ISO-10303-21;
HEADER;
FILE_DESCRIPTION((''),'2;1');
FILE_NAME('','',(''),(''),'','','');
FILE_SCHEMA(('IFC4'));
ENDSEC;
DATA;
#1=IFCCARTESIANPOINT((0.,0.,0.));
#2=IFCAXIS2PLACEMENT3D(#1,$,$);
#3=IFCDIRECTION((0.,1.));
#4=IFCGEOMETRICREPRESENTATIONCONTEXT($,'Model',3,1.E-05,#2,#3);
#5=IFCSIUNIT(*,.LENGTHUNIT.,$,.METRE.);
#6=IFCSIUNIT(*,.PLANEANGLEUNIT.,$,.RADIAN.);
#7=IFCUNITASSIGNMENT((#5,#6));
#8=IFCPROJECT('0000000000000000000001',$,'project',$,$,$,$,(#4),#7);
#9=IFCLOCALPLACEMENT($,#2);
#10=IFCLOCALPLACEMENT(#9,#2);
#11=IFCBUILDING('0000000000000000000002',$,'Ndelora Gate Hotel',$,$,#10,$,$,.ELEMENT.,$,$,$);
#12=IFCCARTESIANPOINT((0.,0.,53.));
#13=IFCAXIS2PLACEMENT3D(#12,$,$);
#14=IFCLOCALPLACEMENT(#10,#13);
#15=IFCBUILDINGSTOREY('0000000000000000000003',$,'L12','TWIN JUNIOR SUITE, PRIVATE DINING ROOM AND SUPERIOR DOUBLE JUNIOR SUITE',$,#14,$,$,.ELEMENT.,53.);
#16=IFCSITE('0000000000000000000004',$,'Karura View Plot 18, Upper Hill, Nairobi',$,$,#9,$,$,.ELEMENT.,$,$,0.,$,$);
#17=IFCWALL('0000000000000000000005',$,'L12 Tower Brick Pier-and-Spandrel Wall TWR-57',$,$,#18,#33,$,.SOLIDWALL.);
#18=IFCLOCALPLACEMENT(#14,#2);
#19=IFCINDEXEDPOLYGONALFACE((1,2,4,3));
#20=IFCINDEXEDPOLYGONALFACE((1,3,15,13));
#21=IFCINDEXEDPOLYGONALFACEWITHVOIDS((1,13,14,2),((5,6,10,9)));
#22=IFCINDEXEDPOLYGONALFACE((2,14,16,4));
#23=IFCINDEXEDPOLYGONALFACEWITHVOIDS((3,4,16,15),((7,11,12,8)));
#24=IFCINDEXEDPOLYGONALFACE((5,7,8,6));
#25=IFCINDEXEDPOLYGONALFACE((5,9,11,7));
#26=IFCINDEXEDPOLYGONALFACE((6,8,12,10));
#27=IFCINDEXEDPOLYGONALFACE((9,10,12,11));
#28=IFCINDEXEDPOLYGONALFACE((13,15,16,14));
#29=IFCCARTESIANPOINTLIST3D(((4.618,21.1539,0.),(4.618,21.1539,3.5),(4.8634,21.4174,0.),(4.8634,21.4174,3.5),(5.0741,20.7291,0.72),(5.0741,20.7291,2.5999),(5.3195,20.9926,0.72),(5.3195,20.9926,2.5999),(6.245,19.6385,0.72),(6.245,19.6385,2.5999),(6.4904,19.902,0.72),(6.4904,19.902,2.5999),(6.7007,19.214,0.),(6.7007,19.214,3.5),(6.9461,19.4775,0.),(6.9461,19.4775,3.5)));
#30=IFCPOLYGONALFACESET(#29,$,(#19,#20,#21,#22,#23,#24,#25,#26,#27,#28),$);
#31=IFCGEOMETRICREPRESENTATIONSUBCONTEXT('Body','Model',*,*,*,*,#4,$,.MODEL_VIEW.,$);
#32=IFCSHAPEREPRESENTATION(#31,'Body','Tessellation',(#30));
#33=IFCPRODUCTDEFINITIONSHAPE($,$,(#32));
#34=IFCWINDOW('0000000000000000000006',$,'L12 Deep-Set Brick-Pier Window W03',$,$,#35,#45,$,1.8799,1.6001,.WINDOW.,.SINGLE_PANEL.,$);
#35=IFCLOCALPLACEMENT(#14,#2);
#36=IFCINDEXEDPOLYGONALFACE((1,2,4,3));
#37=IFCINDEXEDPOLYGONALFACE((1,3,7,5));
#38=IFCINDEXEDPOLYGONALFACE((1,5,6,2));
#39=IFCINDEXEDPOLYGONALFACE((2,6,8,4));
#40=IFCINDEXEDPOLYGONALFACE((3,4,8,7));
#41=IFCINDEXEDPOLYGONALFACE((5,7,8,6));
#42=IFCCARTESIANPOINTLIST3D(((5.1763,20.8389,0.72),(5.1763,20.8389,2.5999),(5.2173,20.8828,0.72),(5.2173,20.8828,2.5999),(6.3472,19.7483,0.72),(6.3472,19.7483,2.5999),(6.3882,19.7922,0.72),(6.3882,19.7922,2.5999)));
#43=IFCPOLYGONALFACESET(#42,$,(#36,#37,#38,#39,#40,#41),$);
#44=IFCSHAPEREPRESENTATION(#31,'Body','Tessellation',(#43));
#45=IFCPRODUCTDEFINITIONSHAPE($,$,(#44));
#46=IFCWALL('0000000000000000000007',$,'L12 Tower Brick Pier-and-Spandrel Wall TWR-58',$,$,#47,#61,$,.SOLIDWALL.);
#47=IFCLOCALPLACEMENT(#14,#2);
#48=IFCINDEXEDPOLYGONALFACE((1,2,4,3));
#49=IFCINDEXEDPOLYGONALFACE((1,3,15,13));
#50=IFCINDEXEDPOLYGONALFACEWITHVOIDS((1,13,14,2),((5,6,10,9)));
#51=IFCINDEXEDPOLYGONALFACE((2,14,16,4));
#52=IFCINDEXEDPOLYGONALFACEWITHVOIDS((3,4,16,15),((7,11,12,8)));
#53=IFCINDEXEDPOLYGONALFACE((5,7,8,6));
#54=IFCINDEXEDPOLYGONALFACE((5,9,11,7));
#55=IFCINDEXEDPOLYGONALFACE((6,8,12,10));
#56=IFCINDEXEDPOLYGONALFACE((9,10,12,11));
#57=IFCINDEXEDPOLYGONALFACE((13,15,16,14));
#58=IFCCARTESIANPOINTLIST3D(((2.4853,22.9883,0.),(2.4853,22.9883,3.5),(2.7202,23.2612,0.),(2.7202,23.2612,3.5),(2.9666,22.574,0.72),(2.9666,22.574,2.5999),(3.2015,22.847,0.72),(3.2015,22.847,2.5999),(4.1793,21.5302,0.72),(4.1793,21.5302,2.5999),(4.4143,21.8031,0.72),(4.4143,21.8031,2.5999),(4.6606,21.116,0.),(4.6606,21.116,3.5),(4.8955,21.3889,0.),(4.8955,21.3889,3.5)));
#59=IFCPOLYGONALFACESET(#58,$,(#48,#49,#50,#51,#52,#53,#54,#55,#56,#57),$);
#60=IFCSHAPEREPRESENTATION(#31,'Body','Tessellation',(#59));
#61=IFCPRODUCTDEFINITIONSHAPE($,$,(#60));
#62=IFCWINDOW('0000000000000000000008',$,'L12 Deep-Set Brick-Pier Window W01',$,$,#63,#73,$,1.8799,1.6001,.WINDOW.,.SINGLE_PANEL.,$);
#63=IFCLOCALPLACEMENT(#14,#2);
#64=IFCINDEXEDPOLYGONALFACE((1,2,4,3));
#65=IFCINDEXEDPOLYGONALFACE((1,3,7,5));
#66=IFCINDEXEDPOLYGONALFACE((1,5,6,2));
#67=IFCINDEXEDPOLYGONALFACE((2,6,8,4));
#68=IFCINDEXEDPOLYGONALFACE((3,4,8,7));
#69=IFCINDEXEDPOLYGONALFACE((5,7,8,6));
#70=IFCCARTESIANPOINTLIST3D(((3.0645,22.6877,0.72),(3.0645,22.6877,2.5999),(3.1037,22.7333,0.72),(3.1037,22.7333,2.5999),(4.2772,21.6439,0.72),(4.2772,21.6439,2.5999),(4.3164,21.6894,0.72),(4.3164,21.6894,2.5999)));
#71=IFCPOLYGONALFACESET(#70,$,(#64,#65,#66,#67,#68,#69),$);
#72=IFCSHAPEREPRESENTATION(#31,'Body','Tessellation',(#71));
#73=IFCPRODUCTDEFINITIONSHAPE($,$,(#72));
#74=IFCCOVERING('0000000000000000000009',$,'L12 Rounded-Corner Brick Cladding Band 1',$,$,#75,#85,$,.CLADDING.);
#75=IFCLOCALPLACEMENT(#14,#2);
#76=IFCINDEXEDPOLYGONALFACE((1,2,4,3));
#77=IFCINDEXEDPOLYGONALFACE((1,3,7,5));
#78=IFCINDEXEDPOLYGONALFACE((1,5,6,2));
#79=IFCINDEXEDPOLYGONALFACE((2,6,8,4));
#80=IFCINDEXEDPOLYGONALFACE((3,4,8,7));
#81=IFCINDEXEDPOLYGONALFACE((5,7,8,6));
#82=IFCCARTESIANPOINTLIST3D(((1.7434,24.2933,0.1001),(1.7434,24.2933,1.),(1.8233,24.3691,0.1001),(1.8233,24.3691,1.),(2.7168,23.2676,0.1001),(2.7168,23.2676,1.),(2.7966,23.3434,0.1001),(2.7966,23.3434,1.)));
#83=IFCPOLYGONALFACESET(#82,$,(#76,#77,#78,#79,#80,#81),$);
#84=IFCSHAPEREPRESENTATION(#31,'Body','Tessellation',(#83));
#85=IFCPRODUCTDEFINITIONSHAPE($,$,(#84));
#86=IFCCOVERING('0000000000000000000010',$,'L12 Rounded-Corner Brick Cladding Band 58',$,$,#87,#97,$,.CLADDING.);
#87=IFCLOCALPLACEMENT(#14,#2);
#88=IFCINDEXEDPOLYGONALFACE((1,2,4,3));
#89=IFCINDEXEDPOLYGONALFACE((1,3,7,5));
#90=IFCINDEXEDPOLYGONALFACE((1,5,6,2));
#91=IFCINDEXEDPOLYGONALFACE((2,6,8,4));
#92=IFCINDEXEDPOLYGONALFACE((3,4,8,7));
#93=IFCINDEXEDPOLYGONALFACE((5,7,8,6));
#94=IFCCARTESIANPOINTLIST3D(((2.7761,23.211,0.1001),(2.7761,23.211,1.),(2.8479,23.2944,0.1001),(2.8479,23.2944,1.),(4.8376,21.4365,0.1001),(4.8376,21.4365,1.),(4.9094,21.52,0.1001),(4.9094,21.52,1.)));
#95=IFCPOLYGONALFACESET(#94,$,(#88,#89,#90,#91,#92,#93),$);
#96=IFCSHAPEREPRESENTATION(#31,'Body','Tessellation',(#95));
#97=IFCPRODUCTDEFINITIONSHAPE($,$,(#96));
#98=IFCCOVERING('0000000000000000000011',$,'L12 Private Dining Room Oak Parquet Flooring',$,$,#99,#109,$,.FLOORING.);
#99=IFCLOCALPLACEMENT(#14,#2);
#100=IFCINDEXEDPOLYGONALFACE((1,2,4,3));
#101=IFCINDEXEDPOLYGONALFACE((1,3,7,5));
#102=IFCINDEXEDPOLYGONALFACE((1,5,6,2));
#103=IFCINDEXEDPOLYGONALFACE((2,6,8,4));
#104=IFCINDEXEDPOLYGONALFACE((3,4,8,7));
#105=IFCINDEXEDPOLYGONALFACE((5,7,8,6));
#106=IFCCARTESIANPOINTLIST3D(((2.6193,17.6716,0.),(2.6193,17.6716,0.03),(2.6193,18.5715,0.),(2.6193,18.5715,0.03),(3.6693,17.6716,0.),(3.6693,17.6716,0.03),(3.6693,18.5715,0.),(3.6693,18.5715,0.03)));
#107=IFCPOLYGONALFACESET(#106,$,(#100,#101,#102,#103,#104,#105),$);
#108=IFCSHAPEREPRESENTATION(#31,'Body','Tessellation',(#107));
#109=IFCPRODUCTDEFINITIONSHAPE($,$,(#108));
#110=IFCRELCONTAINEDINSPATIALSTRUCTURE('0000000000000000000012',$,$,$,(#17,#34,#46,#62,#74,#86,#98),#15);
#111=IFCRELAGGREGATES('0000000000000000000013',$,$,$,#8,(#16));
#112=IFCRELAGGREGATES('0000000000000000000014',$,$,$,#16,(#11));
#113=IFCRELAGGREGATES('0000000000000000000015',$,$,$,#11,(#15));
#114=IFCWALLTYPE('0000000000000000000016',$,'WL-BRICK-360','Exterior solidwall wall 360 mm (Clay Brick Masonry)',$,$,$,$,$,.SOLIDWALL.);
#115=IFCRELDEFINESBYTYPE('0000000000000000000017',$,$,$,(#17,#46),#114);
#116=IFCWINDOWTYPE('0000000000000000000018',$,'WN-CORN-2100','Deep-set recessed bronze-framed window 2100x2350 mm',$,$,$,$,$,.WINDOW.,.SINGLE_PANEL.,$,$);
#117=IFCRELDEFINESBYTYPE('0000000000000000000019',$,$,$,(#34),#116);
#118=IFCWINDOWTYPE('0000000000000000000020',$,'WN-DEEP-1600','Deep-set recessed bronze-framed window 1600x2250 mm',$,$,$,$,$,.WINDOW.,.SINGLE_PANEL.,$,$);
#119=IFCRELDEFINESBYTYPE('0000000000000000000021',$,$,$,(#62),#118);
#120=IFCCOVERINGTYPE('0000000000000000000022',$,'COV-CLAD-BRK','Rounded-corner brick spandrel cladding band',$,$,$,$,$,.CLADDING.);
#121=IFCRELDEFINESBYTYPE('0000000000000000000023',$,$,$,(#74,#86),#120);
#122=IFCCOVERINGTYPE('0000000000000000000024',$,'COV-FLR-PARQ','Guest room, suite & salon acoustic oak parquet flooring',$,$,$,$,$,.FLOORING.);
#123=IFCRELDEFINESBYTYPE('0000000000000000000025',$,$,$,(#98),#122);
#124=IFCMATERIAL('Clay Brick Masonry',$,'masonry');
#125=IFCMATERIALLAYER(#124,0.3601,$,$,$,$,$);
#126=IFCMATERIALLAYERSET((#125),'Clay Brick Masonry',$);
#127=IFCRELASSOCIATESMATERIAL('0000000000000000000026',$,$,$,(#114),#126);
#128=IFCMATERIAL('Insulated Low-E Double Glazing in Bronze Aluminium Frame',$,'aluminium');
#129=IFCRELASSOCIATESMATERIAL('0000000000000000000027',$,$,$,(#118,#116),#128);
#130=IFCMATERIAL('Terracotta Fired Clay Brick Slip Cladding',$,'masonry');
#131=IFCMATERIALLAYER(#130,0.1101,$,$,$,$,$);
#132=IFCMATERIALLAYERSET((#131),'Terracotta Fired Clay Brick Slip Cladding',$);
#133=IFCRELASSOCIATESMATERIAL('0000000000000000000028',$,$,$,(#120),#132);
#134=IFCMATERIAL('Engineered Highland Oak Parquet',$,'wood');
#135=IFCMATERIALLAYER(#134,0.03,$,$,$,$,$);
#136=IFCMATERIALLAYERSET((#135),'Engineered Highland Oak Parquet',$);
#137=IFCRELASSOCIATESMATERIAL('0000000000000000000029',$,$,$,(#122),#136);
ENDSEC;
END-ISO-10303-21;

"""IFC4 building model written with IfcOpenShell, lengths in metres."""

from ifc_helpers import new_model, si_unit, direction, frame, frame_2d, origin, origin_2d, place, context, subcontext, project, spatial, rectangle, extrude, material, layer, layer_set, type_object, element, fill, save


model = new_model("IFC4")

# Units and contexts
model_context = context("Model", 3, precision=1e-05, world=origin(), true_north=direction((0.0, 1.0)))
body_context = subcontext(model_context, "Body", "Model", "MODEL_VIEW")
ifc_project = project(units=[si_unit("LENGTHUNIT", "METRE"), si_unit("PLANEANGLEUNIT", "RADIAN")], contexts=[model_context])

# Site, building, storey
site_placement = place(None, origin())
site = spatial("IfcSite", under=ifc_project, at=site_placement, Name="Karura View Plot 18, Upper Hill, Nairobi", CompositionType="ELEMENT", RefElevation=0.0)
building_placement = place(site_placement, origin())
building = spatial("IfcBuilding", under=site, at=building_placement, Name="Ndelora Gate Hotel", CompositionType="ELEMENT")
storey_placement = place(building_placement, frame((0.0, 0.0, 53.0)))
storey = spatial("IfcBuildingStorey", under=building, at=storey_placement, Name="L12", Description="TWIN JUNIOR SUITE, PRIVATE DINING ROOM AND SUPERIOR DOUBLE JUNIOR SUITE", CompositionType="ELEMENT", Elevation=53.0)

# Shared definitions
ifc_material_1 = material(Name="Clay Brick Masonry", Category="masonry")
ifc_layer_1 = layer(ifc_material_1, 0.3601)
ifc_layer_set_1 = layer_set([ifc_layer_1], Name="Clay Brick Masonry")
wall_type = type_object("IfcWallType", Name="WL-BRICK-360", Description="Exterior solidwall wall 360 mm (Clay Brick Masonry)", PredefinedType="SOLIDWALL", material=ifc_layer_set_1)

# Walls, openings, windows
ifc_material_2 = material(Name="Insulated Low-E Double Glazing in Bronze Aluminium Frame", Category="aluminium")
window_type_1 = type_object("IfcWindowType", Name="WN-DEEP-1600", Description="Deep-set recessed bronze-framed window 1600x2250 mm", PartitioningType="SINGLE_PANEL", PredefinedType="WINDOW", material=ifc_material_2)
wall_1_placement = place(storey_placement, frame((4.7407, 21.2856, 0.0), z_axis=(0.0, 0.0, 1.0), x_axis=(0.731751, -0.681572, 0.0)))
wall_1 = element("IfcWall", 1, at=wall_1_placement, inside=storey, type_object=wall_type, Name="L12 Tower Brick Pier-and-Spandrel Wall TWR-57", PredefinedType="SOLIDWALL", context=body_context, shape_type="SweptSolid", body=[
    extrude(rectangle(XDim=2.8462, YDim=0.3601, at=frame_2d((1.4231, 0.0))), origin(), (0.0, 0.0, 1.0), 3.5),
])
opening_1_placement = place(wall_1_placement, frame((0.6233, 0.0, 0.72)))
opening_1 = element("IfcOpeningElement", 2, at=opening_1_placement, cuts=wall_1, PredefinedType="OPENING", context=body_context, shape_type="SweptSolid", body=[
    extrude(rectangle(XDim=1.6001, YDim=1.8799, at=frame_2d((0.8, 0.9399))), frame((0.0, 0.1899, 0.0), z_axis=(0.0, -1.0, 0.0), x_axis=(1.0, 0.0, 0.0)), (0.0, 0.0, 1.0), 0.3801),
])
window_type_2 = type_object("IfcWindowType", Name="WN-CORN-2100", Description="Deep-set recessed bronze-framed window 2100x2350 mm", PartitioningType="SINGLE_PANEL", PredefinedType="WINDOW", material=ifc_material_2)
window_1_placement = place(opening_1_placement, origin())
window_1 = element("IfcWindow", 3, at=window_1_placement, inside=storey, type_object=window_type_2, Name="L12 Deep-Set Brick-Pier Window W03", OverallHeight=1.8799, OverallWidth=1.6001, PartitioningType="SINGLE_PANEL", PredefinedType="WINDOW", context=body_context, shape_type="SweptSolid", body=[
    extrude(rectangle(XDim=1.6001, YDim=1.8799, at=frame_2d((0.8, 0.9399))), frame((0.0, 0.03, 0.0), z_axis=(0.0, -1.0, 0.0), x_axis=(1.0, 0.0, 0.0)), (0.0, 0.0, 1.0), 0.0601),
])
fill(opening_1, window_1)
wall_2_placement = place(storey_placement, frame((2.6028, 23.1248, 0.0), z_axis=(0.0, 0.0, 1.0), x_axis=(0.757916, -0.652352, 0.0)))
wall_2 = element("IfcWall", 4, at=wall_2_placement, inside=storey, type_object=wall_type, Name="L12 Tower Brick Pier-and-Spandrel Wall TWR-58", PredefinedType="SOLIDWALL", context=body_context, shape_type="SweptSolid", body=[
    extrude(rectangle(XDim=2.8701, YDim=0.3601, at=frame_2d((1.4351, 0.0))), origin(), (0.0, 0.0, 1.0), 3.5),
])
opening_2_placement = place(wall_2_placement, frame((0.635, 0.0, 0.72)))
opening_2 = element("IfcOpeningElement", 5, at=opening_2_placement, cuts=wall_2, PredefinedType="OPENING", context=body_context, shape_type="SweptSolid", body=[
    extrude(rectangle(XDim=1.6001, YDim=1.8799, at=frame_2d((0.8, 0.9399))), frame((0.0, 0.1899, 0.0), z_axis=(0.0, -1.0, 0.0), x_axis=(1.0, 0.0, 0.0)), (0.0, 0.0, 1.0), 0.3801),
])
window_2_placement = place(opening_2_placement, origin())
window_2 = element("IfcWindow", 6, at=window_2_placement, inside=storey, type_object=window_type_1, Name="L12 Deep-Set Brick-Pier Window W01", OverallHeight=1.8799, OverallWidth=1.6001, PartitioningType="SINGLE_PANEL", PredefinedType="WINDOW", context=body_context, shape_type="SweptSolid", body=[
    extrude(rectangle(XDim=1.6001, YDim=1.8799, at=frame_2d((0.8, 0.9399))), frame((0.0, 0.03, 0.0), z_axis=(0.0, -1.0, 0.0), x_axis=(1.0, 0.0, 0.0)), (0.0, 0.0, 1.0), 0.0601),
])
fill(opening_2, window_2)

# Coverings
ifc_material_3 = material(Name="Terracotta Fired Clay Brick Slip Cladding", Category="masonry")
ifc_layer_2 = layer(ifc_material_3, 0.1101)
ifc_layer_set_2 = layer_set([ifc_layer_2], Name="Terracotta Fired Clay Brick Slip Cladding")
covering_type_1 = type_object("IfcCoveringType", Name="COV-CLAD-BRK", Description="Rounded-corner brick spandrel cladding band", PredefinedType="CLADDING", material=ifc_layer_set_2)
covering_1_placement = place(storey_placement, frame((2.27, 23.8184, 0.1001), z_axis=(0.0, 0.0, 1.0), x_axis=(-0.688355, 0.725374, 0.0)))
element("IfcCovering", 7, at=covering_1_placement, inside=storey, type_object=covering_type_1, Name="L12 Rounded-Corner Brick Cladding Band 1", PredefinedType="CLADDING", context=body_context, shape_type="SweptSolid", body=[
    extrude(rectangle(XDim=1.4141, YDim=0.1101, at=origin_2d()), origin(), (0.0, 0.0, 1.0), 0.8999),
])
covering_2_placement = place(storey_placement, frame((3.8428, 22.3655, 0.1001), z_axis=(0.0, 0.0, 1.0), x_axis=(-0.757907, 0.652363, 0.0)))
element("IfcCovering", 8, at=covering_2_placement, inside=storey, type_object=covering_type_1, Name="L12 Rounded-Corner Brick Cladding Band 58", PredefinedType="CLADDING", context=body_context, shape_type="SweptSolid", body=[
    extrude(rectangle(XDim=2.72, YDim=0.1101, at=origin_2d()), origin(), (0.0, 0.0, 1.0), 0.8999),
])
ifc_material_4 = material(Name="Engineered Highland Oak Parquet", Category="wood")
ifc_layer_3 = layer(ifc_material_4, 0.03)
ifc_layer_set_3 = layer_set([ifc_layer_3], Name="Engineered Highland Oak Parquet")
covering_type_2 = type_object("IfcCoveringType", Name="COV-FLR-PARQ", Description="Guest room, suite & salon acoustic oak parquet flooring", PredefinedType="FLOORING", material=ifc_layer_set_3)
covering_3_placement = place(storey_placement, frame((3.1443, 18.1216, 0.0), z_axis=(0.0, 0.0, 1.0), x_axis=(1.0, 0.0, 0.0)))
element("IfcCovering", 9, at=covering_3_placement, inside=storey, type_object=covering_type_2, Name="L12 Private Dining Room Oak Parquet Flooring", PredefinedType="FLOORING", context=body_context, shape_type="SweptSolid", body=[
    extrude(rectangle(XDim=1.05, YDim=0.8999, at=origin_2d()), origin(), (0.0, 0.0, 1.0), 0.03),
])

save(model, "model.ifc")
